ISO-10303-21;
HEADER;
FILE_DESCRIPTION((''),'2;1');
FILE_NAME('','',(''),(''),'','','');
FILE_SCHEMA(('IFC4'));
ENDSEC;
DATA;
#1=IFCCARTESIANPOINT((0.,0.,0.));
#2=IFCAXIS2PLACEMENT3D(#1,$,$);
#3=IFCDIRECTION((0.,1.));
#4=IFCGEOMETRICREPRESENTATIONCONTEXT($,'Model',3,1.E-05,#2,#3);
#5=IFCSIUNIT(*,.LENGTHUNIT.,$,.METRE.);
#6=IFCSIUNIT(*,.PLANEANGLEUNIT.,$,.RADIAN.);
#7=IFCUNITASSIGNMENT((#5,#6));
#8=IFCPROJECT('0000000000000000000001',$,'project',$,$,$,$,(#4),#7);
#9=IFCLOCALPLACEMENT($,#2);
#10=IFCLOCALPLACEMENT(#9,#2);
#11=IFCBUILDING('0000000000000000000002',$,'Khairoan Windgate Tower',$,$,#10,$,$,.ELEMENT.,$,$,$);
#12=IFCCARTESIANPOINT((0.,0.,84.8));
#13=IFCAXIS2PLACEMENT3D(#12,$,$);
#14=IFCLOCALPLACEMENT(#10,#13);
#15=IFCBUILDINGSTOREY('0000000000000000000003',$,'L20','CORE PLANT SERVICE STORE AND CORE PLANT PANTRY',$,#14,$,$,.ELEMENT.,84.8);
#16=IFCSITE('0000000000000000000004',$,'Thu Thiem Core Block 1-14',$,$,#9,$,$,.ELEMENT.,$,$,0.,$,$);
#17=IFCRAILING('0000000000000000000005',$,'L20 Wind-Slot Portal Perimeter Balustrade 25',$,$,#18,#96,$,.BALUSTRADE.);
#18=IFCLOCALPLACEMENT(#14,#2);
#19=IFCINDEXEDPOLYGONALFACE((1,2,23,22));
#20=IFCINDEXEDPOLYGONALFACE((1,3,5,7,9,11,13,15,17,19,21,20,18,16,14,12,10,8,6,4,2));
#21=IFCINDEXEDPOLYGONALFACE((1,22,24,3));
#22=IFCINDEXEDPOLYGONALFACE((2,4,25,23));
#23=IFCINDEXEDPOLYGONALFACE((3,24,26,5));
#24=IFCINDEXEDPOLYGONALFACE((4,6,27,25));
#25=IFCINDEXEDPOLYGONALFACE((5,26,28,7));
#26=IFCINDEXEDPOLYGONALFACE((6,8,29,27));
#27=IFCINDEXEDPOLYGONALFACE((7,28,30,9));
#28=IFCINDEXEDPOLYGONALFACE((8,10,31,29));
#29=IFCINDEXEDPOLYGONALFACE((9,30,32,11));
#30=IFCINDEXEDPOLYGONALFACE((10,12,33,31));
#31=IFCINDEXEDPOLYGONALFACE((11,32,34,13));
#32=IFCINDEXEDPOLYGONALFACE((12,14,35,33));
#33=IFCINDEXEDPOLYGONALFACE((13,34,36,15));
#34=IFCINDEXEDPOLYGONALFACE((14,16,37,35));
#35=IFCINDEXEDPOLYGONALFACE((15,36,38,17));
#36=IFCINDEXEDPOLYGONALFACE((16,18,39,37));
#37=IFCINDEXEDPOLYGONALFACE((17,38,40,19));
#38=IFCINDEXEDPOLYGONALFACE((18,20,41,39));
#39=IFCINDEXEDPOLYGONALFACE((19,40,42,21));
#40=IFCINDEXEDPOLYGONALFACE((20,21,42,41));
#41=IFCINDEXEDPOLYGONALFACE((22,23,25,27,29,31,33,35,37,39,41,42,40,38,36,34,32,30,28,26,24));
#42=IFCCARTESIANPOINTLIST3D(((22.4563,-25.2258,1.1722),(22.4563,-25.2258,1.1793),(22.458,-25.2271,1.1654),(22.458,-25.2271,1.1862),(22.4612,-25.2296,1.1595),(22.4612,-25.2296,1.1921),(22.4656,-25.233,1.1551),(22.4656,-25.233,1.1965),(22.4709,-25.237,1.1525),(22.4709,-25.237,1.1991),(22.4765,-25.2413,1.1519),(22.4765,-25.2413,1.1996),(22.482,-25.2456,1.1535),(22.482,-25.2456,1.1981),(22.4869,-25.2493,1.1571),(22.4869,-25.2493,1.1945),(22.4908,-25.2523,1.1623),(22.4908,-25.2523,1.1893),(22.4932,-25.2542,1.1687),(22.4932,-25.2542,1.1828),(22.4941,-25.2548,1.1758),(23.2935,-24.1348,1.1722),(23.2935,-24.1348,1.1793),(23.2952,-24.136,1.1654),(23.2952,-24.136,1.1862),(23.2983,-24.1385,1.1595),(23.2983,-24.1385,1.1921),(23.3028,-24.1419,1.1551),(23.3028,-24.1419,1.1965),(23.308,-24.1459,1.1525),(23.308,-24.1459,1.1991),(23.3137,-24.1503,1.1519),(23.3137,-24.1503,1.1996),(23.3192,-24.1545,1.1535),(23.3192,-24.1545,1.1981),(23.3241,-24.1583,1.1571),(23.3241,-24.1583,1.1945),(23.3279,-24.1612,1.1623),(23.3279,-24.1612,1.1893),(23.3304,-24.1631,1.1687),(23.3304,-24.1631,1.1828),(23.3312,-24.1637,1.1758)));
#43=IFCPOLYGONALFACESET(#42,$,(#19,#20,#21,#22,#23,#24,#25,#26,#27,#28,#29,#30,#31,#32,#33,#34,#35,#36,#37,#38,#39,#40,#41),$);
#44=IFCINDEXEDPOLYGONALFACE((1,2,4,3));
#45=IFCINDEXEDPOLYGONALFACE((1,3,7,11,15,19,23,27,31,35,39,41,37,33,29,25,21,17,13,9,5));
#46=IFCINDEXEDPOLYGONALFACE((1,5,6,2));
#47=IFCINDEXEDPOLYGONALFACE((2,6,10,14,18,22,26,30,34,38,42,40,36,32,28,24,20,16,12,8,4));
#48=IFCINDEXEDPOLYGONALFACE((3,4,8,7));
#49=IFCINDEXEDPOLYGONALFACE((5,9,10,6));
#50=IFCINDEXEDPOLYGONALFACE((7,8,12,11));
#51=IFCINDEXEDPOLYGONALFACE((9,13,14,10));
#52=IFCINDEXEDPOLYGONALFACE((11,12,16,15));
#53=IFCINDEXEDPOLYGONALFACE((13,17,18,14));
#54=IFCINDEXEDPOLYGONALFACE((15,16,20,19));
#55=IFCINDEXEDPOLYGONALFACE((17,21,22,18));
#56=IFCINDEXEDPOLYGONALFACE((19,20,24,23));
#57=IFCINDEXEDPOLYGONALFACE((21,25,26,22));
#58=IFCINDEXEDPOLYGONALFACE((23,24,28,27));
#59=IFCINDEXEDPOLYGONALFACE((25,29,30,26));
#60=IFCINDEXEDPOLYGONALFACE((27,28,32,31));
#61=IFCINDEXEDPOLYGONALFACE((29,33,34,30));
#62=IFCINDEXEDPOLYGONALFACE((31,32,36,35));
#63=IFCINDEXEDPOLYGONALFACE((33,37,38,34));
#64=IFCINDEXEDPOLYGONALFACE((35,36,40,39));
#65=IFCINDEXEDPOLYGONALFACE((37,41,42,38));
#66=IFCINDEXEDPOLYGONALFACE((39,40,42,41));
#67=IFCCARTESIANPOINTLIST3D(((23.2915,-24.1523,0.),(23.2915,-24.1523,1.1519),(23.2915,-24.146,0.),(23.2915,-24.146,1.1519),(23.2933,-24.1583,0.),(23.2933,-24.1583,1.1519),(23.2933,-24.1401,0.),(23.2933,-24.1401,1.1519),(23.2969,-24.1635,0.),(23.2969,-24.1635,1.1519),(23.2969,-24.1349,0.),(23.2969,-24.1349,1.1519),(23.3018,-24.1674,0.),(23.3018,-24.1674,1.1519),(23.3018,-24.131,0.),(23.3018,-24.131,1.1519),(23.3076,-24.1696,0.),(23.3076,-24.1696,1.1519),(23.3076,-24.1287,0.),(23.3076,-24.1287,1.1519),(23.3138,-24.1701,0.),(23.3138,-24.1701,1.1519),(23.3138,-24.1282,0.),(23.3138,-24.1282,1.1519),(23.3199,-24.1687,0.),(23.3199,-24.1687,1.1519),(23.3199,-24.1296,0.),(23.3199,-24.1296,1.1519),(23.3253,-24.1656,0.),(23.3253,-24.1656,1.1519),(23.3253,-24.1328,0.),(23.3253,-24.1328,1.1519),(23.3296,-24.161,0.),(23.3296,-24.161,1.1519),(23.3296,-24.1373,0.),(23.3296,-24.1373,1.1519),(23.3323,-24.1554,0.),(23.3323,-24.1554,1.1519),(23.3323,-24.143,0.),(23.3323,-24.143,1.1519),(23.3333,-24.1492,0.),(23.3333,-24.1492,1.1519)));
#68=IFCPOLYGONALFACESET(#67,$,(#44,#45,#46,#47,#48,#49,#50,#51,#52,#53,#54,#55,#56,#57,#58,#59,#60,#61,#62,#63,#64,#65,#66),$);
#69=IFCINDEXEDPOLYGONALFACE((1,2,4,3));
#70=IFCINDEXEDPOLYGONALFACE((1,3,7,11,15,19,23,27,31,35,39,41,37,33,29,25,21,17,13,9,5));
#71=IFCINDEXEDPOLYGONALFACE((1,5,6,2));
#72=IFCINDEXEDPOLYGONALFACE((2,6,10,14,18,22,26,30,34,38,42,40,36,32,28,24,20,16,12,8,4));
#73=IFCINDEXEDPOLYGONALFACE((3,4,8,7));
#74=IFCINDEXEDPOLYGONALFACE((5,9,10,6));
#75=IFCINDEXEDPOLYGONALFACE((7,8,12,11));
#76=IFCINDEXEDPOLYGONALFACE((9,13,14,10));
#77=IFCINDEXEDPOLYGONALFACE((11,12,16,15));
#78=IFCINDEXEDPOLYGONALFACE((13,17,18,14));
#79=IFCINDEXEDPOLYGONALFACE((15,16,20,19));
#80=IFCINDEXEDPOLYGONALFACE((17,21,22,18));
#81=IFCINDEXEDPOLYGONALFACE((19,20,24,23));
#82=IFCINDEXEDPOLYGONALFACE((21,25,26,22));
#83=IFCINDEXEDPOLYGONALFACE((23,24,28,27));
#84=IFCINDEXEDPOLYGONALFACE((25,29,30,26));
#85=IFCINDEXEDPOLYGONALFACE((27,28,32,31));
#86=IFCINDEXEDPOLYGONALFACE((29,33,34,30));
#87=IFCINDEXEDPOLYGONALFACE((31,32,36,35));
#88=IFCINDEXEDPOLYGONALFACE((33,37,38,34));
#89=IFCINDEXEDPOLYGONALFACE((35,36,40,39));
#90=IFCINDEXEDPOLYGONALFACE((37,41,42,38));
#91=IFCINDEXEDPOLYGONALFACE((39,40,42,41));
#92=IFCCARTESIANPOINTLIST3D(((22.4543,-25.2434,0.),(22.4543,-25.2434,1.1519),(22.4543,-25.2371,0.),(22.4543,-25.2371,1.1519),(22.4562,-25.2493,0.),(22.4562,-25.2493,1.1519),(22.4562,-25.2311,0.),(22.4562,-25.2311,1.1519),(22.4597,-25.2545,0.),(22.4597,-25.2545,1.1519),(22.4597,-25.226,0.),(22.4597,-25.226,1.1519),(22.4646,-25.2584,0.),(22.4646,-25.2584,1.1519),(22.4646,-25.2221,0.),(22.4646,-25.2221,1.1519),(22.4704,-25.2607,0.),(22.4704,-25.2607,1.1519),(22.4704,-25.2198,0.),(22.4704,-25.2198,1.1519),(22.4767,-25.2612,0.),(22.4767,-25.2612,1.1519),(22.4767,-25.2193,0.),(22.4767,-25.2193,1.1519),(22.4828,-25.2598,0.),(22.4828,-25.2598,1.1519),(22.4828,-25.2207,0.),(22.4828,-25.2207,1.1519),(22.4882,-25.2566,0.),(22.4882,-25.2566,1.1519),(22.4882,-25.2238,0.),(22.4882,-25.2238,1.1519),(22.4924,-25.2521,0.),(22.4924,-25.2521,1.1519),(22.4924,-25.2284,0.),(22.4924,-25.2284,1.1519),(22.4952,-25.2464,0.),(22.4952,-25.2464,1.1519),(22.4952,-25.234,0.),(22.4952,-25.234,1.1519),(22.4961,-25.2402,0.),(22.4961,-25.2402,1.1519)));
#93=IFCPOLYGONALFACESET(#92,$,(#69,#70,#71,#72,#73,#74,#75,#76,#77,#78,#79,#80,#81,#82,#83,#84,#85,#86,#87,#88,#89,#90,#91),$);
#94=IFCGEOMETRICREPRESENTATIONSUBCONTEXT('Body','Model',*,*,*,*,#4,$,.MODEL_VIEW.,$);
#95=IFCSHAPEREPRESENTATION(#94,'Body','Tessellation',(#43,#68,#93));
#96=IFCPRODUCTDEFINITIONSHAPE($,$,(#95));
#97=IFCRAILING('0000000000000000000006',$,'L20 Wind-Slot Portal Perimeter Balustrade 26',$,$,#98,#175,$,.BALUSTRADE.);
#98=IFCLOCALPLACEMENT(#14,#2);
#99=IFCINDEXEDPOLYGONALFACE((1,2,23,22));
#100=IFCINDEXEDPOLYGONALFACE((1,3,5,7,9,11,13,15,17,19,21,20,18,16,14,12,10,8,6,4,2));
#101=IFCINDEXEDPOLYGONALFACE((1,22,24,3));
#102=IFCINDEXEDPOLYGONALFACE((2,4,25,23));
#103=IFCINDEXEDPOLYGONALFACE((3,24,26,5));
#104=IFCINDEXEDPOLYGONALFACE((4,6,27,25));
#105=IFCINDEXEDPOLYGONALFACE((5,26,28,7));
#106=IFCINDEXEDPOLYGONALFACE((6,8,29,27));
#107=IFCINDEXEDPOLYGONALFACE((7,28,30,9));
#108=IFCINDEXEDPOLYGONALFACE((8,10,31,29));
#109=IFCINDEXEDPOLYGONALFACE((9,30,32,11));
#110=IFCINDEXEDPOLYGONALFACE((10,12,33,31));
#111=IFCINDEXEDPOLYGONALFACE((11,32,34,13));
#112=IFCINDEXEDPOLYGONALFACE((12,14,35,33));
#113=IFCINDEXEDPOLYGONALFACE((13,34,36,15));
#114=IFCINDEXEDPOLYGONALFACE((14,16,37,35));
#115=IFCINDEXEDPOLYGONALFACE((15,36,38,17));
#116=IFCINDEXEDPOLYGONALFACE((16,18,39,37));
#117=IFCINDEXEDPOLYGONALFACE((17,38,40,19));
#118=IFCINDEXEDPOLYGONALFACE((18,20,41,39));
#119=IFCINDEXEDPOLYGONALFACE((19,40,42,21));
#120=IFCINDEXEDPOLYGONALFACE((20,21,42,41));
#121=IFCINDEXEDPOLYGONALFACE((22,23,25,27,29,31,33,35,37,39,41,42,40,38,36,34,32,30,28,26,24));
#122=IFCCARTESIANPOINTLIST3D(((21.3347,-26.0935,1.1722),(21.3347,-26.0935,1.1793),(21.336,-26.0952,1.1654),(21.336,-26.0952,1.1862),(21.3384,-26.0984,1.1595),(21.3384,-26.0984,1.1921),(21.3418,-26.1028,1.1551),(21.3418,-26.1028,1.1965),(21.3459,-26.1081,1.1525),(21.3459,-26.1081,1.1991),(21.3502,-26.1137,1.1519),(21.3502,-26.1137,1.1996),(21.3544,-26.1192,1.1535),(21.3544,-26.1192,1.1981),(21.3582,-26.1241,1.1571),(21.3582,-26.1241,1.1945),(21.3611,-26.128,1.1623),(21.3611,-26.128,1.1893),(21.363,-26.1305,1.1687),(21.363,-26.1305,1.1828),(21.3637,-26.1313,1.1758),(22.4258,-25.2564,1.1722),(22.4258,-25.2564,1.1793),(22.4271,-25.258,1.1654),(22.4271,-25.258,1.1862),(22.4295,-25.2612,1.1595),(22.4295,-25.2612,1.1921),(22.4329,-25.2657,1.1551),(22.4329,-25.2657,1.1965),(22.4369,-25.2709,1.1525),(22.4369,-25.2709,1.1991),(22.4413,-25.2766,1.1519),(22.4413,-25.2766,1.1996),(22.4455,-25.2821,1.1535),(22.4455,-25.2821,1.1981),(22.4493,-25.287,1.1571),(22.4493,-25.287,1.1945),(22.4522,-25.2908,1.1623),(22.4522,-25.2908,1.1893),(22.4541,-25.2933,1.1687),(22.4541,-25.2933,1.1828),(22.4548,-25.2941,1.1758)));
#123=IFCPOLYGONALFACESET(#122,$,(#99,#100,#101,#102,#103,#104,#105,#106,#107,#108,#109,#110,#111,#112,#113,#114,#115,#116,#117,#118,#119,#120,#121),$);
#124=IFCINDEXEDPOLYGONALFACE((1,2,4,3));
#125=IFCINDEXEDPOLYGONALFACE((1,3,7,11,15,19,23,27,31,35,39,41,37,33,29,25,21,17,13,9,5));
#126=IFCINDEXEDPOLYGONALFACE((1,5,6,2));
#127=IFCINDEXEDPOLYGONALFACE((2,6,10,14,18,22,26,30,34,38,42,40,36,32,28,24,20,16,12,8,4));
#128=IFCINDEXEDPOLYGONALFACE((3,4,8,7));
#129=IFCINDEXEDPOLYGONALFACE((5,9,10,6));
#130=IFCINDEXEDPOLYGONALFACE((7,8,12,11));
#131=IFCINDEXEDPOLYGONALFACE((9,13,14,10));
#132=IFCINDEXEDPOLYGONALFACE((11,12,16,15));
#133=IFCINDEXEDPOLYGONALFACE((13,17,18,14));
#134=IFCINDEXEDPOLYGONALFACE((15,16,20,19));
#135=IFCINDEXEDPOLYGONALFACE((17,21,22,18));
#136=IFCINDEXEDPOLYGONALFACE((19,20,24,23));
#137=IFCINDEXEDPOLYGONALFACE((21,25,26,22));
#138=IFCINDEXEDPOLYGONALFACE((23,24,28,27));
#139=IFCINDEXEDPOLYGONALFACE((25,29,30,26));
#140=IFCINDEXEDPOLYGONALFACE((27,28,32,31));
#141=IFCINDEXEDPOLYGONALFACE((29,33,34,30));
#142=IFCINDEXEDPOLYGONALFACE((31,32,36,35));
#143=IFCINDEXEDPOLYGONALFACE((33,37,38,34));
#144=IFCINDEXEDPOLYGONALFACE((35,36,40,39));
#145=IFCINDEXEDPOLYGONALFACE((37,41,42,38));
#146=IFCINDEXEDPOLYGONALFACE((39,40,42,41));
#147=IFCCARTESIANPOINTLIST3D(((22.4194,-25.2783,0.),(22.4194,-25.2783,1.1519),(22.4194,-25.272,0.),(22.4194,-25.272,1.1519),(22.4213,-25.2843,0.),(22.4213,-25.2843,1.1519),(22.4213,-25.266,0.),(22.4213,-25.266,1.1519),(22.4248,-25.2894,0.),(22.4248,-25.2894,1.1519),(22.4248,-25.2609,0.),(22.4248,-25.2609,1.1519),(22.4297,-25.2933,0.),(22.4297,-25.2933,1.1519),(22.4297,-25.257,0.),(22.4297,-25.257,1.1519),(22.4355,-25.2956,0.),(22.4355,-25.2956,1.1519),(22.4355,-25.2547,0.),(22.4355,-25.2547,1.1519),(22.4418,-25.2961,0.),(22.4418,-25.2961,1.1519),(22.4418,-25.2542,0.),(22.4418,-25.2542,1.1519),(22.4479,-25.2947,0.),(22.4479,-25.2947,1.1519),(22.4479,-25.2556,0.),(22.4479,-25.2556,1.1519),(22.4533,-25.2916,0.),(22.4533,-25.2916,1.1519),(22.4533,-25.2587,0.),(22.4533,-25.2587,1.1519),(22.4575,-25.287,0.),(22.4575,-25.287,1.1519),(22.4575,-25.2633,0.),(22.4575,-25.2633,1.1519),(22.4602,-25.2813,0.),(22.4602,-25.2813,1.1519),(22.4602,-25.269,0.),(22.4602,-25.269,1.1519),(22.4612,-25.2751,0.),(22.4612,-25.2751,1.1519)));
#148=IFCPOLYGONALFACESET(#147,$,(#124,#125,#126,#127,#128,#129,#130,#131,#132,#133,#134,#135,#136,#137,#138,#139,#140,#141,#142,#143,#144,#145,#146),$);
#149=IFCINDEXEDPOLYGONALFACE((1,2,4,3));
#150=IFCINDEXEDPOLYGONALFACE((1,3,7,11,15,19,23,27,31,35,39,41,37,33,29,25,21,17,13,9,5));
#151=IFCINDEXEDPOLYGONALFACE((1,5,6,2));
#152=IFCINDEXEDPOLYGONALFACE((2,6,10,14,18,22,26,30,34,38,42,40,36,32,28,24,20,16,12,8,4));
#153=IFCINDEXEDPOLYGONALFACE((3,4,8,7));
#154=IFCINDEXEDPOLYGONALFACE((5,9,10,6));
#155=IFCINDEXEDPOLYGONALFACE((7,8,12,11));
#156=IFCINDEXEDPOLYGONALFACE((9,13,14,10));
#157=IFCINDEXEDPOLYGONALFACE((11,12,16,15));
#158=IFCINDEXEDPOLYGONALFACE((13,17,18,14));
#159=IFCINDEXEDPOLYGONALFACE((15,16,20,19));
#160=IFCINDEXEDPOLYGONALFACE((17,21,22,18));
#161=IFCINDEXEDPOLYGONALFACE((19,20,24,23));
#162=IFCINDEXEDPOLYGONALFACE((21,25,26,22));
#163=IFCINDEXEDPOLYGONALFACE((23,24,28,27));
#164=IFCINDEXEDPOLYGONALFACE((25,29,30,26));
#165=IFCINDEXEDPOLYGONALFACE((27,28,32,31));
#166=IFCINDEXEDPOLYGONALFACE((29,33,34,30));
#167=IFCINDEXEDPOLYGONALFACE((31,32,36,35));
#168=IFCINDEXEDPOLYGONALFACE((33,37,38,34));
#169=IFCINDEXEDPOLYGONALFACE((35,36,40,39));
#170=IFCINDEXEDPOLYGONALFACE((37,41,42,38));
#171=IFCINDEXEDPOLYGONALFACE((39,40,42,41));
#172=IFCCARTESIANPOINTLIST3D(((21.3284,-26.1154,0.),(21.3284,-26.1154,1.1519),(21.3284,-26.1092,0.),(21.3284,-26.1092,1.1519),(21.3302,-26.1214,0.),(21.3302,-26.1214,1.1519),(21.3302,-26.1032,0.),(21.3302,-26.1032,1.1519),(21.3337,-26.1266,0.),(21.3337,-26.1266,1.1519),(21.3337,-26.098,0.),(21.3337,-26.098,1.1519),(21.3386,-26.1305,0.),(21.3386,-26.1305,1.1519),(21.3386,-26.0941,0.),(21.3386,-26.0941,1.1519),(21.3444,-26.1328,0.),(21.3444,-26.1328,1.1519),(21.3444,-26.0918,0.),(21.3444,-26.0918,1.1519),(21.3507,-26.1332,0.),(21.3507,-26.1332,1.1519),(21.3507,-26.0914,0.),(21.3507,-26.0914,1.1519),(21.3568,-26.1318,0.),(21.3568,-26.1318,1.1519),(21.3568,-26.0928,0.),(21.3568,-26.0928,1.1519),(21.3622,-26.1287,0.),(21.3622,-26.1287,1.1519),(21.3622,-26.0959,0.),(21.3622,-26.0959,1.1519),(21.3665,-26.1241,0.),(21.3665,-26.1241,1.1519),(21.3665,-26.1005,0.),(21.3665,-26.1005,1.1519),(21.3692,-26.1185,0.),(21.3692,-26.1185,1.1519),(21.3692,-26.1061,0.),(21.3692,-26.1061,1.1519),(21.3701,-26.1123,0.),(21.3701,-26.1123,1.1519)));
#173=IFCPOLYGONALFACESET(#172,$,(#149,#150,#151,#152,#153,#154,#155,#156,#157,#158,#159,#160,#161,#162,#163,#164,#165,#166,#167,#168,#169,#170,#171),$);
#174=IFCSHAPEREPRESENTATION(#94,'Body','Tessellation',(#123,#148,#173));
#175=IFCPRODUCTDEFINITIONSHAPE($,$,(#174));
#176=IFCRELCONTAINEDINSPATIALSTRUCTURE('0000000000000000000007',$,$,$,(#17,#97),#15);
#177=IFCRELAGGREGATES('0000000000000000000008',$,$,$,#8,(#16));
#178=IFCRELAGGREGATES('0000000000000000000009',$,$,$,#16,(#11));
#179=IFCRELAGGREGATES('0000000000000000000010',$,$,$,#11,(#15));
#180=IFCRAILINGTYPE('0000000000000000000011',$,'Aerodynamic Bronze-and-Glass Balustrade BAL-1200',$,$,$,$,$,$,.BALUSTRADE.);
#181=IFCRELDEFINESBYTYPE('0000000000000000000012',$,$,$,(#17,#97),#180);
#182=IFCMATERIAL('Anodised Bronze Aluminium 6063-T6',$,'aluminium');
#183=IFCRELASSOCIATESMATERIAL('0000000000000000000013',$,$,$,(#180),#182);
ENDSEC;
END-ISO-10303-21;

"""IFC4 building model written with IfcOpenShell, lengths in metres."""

from ifc_helpers import new_model, si_unit, direction, frame, origin, origin_2d, place, context, subcontext, project, spatial, circle, extrude, material, type_object, element, save


model = new_model("IFC4")

# Units and contexts
model_context = context("Model", 3, precision=1e-05, world=origin(), true_north=direction((0.0, 1.0)))
body_context = subcontext(model_context, "Body", "Model", "MODEL_VIEW")
ifc_project = project(units=[si_unit("LENGTHUNIT", "METRE"), si_unit("PLANEANGLEUNIT", "RADIAN")], contexts=[model_context])

# Site, building, storey
site_placement = place(None, origin())
site = spatial("IfcSite", under=ifc_project, at=site_placement, Name="Thu Thiem Core Block 1-14", CompositionType="ELEMENT", RefElevation=0.0)
building_placement = place(site_placement, origin())
building = spatial("IfcBuilding", under=site, at=building_placement, Name="Khairoan Windgate Tower", CompositionType="ELEMENT")
storey_placement = place(building_placement, frame((0.0, 0.0, 84.8)))
storey = spatial("IfcBuildingStorey", under=building, at=storey_placement, Name="L20", Description="CORE PLANT SERVICE STORE AND CORE PLANT PANTRY", CompositionType="ELEMENT", Elevation=84.8)

# Railings
ifc_material_1 = material(Name="Anodised Bronze Aluminium 6063-T6", Category="aluminium")
railing_type_1 = type_object("IfcRailingType", Name="Aerodynamic Bronze-and-Glass Balustrade BAL-1200", PredefinedType="BALUSTRADE", material=ifc_material_1)
railing_1_placement = place(storey_placement, frame((23.3123, -24.1492, 0.0)))
element("IfcRailing", 1, at=railing_1_placement, inside=storey, type_object=railing_type_1, Name="L20 Wind-Slot Portal Perimeter Balustrade 25", PredefinedType="BALUSTRADE", context=body_context, shape_type="SweptSolid", body=[
    extrude(circle(Radius=0.0239, at=origin_2d()), frame((0.0, 0.0, 1.1758), z_axis=(-0.608741, -0.793369, 0.0), x_axis=(0.793369, -0.608741, 0.0)), (0.0, 0.0, 1.0), 1.3752),
    extrude(circle(Radius=0.021, at=origin_2d()), origin(), (0.0, 0.0, 1.0), 1.1519),
    extrude(circle(Radius=0.021, at=origin_2d()), frame((-0.8372, -1.0911, 0.0)), (0.0, 0.0, 1.0), 1.1519),
])
railing_2_placement = place(storey_placement, frame((22.4402, -25.2751, 0.0)))
element("IfcRailing", 2, at=railing_2_placement, inside=storey, type_object=railing_type_1, Name="L20 Wind-Slot Portal Perimeter Balustrade 26", PredefinedType="BALUSTRADE", context=body_context, shape_type="SweptSolid", body=[
    extrude(circle(Radius=0.0239, at=origin_2d()), frame((0.0, 0.0, 1.1758), z_axis=(-0.793369, -0.608741, 0.0), x_axis=(0.608741, -0.793369, 0.0)), (0.0, 0.0, 1.0), 1.3752),
    extrude(circle(Radius=0.021, at=origin_2d()), origin(), (0.0, 0.0, 1.0), 1.1519),
    extrude(circle(Radius=0.021, at=origin_2d()), frame((-1.0911, -0.8372, 0.0)), (0.0, 0.0, 1.0), 1.1519),
])

save(model, "model.ifc")
